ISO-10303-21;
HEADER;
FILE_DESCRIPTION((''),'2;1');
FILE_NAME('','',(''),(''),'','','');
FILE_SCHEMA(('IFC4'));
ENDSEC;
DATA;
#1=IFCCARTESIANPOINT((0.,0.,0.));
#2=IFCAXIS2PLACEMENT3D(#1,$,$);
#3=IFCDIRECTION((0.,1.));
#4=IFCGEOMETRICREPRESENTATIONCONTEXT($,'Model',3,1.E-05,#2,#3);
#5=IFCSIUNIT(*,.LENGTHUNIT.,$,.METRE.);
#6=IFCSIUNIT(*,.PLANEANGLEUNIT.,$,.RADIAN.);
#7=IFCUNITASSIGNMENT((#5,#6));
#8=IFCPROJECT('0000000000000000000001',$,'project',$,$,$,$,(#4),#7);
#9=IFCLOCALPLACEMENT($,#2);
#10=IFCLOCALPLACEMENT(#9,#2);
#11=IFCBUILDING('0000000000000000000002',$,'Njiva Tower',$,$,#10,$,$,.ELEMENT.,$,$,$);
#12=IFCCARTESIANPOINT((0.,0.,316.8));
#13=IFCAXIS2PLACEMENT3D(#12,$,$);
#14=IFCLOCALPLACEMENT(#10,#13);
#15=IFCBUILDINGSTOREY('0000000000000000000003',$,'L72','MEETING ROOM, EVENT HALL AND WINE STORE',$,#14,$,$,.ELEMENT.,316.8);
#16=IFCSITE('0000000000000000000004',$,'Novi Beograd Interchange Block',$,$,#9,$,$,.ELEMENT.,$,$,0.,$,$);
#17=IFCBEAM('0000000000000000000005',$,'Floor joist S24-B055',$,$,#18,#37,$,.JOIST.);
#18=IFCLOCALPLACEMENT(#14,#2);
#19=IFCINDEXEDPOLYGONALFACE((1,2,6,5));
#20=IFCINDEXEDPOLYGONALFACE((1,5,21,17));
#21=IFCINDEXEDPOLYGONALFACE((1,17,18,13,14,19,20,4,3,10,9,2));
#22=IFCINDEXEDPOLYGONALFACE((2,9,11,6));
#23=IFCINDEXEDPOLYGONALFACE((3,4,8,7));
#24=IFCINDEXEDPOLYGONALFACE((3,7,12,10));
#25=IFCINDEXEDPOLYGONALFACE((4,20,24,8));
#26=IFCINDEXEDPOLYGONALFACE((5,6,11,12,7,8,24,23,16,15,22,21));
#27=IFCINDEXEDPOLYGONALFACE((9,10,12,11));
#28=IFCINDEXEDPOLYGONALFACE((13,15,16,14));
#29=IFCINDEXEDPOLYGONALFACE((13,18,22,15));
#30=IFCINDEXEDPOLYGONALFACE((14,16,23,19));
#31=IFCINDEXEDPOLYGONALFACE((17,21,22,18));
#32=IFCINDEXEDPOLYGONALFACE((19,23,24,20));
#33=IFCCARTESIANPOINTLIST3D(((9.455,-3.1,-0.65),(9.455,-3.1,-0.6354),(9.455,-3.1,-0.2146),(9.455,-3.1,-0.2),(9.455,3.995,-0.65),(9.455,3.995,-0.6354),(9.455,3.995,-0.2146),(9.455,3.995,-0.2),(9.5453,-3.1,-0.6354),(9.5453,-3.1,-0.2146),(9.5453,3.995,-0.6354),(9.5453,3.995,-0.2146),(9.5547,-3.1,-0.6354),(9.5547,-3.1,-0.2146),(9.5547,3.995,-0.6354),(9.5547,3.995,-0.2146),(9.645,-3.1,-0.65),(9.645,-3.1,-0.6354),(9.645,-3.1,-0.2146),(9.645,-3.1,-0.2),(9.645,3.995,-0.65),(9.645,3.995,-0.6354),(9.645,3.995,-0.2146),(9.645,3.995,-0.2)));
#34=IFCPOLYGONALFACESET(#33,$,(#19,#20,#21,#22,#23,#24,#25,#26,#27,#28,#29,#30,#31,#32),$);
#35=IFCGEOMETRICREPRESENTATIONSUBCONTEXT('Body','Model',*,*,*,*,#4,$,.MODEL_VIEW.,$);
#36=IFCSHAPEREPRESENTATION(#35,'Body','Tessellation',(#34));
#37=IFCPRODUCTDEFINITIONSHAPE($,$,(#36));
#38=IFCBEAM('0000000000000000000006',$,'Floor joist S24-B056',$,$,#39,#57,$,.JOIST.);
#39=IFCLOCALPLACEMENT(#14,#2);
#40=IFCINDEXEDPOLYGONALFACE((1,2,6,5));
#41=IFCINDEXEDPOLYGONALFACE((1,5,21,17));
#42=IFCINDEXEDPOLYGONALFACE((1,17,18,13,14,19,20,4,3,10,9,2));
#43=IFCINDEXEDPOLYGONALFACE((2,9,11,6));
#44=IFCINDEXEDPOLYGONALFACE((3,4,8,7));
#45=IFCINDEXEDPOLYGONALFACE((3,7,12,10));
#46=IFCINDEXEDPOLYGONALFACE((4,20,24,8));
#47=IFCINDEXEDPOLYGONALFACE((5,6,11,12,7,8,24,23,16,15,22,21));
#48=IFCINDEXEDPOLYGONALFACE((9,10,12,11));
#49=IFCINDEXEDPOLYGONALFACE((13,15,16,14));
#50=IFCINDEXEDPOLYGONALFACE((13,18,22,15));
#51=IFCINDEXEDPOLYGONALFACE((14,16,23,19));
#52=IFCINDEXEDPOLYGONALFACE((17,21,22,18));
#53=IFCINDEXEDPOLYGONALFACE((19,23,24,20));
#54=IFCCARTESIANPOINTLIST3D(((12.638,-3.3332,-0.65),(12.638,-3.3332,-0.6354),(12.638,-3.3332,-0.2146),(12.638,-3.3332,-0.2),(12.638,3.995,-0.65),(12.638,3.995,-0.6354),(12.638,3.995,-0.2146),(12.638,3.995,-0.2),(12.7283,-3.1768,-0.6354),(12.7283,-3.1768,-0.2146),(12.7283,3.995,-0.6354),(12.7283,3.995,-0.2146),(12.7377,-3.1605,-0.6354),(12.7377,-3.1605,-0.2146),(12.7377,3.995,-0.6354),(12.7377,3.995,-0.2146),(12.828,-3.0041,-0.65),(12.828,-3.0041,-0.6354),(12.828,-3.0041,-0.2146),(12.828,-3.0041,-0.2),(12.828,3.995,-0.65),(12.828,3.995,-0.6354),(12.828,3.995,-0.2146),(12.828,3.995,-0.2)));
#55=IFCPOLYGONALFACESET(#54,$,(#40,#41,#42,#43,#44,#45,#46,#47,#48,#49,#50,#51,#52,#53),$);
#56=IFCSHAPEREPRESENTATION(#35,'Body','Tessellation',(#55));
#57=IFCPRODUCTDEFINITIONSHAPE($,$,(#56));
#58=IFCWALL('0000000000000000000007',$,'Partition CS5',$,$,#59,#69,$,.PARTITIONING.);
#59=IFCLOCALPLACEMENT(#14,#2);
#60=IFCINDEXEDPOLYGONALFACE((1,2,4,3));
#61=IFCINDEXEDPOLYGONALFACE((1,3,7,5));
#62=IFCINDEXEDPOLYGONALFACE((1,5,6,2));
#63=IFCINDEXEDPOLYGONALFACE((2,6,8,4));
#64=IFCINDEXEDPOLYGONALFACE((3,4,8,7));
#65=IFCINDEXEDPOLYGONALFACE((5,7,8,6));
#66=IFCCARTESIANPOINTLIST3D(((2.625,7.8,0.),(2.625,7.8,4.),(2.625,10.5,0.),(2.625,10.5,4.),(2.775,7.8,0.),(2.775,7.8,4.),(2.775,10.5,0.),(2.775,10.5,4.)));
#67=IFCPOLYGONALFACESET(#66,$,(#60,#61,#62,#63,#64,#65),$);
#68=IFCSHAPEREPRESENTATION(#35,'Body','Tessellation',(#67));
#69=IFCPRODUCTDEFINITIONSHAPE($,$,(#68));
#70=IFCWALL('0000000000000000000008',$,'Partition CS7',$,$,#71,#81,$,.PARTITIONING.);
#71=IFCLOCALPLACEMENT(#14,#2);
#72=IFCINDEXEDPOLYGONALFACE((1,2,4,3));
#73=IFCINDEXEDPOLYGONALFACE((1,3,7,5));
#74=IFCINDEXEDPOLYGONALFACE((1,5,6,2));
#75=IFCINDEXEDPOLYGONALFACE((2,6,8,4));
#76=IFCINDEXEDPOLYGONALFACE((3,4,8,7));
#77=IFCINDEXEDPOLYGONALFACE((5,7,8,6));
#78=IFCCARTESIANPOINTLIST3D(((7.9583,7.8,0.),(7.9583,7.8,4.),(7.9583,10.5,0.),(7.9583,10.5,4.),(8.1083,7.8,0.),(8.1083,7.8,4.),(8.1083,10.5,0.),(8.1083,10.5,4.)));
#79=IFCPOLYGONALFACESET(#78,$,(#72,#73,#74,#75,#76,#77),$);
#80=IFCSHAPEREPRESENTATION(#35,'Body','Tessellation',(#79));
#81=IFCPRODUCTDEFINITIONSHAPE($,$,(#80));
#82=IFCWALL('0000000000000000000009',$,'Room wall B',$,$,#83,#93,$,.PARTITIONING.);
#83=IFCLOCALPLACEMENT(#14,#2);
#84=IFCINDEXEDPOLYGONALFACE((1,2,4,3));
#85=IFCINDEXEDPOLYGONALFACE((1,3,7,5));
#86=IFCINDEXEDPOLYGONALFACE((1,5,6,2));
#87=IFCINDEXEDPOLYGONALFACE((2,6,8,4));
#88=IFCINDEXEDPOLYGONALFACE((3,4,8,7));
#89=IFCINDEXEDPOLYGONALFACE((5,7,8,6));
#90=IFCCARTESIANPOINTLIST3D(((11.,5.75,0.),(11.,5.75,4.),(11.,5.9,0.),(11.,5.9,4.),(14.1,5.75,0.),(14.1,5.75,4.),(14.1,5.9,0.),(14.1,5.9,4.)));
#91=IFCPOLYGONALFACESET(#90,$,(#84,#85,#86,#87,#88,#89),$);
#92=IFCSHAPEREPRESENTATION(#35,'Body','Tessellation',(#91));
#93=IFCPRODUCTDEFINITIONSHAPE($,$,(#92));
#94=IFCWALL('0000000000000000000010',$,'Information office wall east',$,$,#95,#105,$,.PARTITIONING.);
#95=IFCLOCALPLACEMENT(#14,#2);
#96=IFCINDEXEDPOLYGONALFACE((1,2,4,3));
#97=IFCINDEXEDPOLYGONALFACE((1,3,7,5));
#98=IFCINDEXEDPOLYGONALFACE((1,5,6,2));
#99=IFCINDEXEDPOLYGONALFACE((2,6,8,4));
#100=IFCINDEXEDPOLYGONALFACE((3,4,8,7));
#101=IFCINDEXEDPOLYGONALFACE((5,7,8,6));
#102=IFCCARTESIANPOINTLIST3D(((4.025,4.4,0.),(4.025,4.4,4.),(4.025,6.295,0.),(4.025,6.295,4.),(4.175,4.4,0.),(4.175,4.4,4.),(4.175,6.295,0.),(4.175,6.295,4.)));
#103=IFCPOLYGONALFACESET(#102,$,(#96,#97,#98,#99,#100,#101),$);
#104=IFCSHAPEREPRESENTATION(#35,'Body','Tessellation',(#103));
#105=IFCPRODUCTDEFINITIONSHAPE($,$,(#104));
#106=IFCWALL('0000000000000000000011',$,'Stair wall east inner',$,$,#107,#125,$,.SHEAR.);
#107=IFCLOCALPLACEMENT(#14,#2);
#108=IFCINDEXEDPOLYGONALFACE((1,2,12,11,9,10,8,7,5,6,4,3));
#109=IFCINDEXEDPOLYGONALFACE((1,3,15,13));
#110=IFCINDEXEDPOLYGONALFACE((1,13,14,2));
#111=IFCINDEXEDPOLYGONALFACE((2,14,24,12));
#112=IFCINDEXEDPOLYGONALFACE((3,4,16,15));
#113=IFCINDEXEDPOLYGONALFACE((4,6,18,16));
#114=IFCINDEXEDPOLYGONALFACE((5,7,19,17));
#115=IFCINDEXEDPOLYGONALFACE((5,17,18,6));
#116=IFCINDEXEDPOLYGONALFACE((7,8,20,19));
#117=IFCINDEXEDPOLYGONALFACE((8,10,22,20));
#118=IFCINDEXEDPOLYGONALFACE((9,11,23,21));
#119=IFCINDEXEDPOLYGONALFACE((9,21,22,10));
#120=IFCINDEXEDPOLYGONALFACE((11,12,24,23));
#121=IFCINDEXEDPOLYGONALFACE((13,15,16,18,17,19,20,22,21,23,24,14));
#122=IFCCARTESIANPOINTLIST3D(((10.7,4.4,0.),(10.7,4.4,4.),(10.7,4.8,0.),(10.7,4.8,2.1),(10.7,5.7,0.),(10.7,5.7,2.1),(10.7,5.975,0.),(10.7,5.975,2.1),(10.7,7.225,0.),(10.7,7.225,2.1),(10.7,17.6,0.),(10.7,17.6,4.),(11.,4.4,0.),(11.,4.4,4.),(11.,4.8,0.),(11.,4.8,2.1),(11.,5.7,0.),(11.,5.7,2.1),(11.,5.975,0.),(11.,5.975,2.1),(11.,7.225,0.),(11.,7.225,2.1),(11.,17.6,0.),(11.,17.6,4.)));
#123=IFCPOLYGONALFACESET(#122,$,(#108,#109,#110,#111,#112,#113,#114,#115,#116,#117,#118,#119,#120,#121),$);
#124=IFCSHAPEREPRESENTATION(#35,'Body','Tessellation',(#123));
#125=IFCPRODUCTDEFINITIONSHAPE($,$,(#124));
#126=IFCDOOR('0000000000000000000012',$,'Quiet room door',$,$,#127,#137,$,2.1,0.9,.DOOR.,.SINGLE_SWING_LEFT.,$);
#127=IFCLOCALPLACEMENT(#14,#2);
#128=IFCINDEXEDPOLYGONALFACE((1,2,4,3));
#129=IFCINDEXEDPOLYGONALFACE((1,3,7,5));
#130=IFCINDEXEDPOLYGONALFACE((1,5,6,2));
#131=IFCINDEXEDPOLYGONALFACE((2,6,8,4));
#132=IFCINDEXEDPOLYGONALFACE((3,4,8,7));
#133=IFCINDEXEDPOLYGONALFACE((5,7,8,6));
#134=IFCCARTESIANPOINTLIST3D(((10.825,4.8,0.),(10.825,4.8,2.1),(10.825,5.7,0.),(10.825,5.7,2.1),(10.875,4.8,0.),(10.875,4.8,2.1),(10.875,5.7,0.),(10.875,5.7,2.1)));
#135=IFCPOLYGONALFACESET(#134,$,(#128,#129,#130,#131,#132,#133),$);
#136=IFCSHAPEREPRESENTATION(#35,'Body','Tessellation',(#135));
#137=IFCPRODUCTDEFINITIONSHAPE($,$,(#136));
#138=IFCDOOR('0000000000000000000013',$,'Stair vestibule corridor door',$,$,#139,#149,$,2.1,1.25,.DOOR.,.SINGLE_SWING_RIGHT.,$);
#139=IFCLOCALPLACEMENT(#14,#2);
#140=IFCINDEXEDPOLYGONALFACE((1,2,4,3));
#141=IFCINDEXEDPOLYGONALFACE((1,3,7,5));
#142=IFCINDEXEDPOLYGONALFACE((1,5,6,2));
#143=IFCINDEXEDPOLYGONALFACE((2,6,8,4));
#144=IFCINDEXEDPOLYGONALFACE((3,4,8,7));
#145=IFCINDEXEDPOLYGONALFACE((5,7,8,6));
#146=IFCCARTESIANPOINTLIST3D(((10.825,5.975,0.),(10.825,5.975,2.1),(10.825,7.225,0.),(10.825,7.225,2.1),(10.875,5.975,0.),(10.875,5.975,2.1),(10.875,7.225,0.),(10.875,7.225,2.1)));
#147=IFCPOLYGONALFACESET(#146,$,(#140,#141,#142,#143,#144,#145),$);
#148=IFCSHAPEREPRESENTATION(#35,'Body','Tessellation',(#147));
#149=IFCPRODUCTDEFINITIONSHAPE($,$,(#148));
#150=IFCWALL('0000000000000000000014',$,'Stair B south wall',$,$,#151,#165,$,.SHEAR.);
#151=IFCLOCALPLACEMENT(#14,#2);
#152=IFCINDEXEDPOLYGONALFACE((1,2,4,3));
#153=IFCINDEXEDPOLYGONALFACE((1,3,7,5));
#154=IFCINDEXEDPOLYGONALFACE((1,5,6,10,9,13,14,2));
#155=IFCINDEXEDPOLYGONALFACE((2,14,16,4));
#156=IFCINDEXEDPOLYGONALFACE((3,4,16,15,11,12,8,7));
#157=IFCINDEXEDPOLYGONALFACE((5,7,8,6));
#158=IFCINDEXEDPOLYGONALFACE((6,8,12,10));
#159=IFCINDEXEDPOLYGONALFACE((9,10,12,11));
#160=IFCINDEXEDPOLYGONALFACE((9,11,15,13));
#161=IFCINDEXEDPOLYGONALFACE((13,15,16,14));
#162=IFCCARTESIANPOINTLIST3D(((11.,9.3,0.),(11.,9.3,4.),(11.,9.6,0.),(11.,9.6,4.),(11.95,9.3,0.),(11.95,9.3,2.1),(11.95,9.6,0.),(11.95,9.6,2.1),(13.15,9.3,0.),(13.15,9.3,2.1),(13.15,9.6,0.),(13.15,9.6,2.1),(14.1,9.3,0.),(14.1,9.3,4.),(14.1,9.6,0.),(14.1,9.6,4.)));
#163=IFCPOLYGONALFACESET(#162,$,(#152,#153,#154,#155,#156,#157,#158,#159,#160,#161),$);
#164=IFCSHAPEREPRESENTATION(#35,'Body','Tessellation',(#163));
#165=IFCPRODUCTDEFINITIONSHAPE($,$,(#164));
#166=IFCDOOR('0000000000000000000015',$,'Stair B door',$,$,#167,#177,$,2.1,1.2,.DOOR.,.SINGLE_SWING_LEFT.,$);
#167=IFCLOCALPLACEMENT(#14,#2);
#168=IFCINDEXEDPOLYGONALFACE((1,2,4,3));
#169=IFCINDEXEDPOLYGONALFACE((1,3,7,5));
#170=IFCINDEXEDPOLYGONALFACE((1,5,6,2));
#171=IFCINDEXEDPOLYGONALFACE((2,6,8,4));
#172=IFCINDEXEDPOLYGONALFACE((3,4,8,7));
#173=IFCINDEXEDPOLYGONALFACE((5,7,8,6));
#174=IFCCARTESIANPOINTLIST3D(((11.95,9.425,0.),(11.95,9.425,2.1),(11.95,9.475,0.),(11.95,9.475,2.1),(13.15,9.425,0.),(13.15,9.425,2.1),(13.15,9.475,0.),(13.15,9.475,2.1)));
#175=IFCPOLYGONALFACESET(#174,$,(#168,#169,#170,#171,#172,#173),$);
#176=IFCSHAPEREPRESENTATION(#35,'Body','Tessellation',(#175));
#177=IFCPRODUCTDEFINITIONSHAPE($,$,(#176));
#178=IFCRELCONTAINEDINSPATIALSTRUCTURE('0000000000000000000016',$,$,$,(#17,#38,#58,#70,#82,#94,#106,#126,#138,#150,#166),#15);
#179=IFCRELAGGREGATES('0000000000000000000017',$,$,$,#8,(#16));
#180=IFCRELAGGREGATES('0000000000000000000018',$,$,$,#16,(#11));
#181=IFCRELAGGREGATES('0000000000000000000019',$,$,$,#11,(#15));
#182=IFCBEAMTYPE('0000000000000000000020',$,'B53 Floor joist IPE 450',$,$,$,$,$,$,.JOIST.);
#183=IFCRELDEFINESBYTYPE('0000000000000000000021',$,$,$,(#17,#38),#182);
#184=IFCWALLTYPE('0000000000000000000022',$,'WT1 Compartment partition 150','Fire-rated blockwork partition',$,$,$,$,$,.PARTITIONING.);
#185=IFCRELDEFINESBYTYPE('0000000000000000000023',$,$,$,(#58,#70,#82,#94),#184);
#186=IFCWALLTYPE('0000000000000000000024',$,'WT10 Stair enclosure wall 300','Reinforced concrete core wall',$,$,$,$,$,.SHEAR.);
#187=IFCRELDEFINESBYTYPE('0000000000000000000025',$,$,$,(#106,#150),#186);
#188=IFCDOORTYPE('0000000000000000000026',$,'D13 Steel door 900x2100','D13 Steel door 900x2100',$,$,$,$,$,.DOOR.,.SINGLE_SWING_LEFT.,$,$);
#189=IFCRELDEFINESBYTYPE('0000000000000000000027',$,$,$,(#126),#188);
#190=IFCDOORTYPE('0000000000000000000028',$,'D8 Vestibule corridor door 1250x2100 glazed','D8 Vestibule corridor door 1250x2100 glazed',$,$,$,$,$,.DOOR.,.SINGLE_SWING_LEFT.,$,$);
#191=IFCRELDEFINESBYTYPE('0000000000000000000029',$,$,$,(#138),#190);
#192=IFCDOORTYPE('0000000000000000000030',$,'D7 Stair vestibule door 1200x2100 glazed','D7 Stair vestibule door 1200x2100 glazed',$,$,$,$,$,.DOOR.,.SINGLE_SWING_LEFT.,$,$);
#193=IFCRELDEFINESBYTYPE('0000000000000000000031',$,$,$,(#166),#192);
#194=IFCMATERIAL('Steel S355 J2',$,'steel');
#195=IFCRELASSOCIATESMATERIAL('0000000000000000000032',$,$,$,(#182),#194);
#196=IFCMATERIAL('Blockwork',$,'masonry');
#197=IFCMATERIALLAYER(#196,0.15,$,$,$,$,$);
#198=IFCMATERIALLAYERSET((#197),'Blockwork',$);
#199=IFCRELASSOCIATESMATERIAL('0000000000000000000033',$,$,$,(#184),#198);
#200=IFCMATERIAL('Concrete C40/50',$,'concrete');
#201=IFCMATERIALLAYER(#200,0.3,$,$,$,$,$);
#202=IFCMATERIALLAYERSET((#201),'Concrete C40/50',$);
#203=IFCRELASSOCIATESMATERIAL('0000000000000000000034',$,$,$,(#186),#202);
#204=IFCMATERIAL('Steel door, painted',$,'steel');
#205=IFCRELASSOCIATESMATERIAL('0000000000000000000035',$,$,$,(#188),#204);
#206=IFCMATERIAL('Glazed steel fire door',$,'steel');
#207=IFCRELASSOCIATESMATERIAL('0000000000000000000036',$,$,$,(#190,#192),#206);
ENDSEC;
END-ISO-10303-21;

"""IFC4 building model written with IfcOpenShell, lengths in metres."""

from ifc_helpers import new_model, si_unit, direction, frame, frame_2d, origin, origin_2d, place, context, subcontext, project, spatial, rectangle, i_section, extrude, clip, halfspace, material, layer, layer_set, material_profile, profile_set, type_object, element, fill, save


model = new_model("IFC4")

# Units and contexts
model_context = context("Model", 3, precision=1e-05, world=origin(), true_north=direction((0.0, 1.0)))
body_context = subcontext(model_context, "Body", "Model", "MODEL_VIEW")
ifc_project = project(units=[si_unit("LENGTHUNIT", "METRE"), si_unit("PLANEANGLEUNIT", "RADIAN")], contexts=[model_context])

# Site, building, storey
site_placement = place(None, origin())
site = spatial("IfcSite", under=ifc_project, at=site_placement, Name="Novi Beograd Interchange Block", CompositionType="ELEMENT", RefElevation=0.0)
building_placement = place(site_placement, origin())
building = spatial("IfcBuilding", under=site, at=building_placement, Name="Njiva Tower", CompositionType="ELEMENT")
storey_placement = place(building_placement, frame((0.0, 0.0, 316.8)))
storey = spatial("IfcBuildingStorey", under=building, at=storey_placement, Name="L72", Description="MEETING ROOM, EVENT HALL AND WINE STORE", CompositionType="ELEMENT", Elevation=316.8)

# Shared definitions
ifc_material_1 = material(Name="Steel S355 J2", Category="steel")

# Beams
ifc_material_profile_1 = material_profile(ifc_material_1, i_section(OverallWidth=0.19, OverallDepth=0.45, WebThickness=0.0094, FlangeThickness=0.0146, at=origin_2d()), Name="IPE 450")
ifc_profile_set_1 = profile_set([ifc_material_profile_1], Name="Steel S355 J2")
beam_type_1 = type_object("IfcBeamType", Name="B53 Floor joist IPE 450", PredefinedType="JOIST", material=ifc_profile_set_1)
beam_1_placement = place(storey_placement, frame((9.55, 3.995, -0.425), z_axis=(0.0, -1.0, 0.0), x_axis=(1.0, 0.0, 0.0)))
element("IfcBeam", 1, at=beam_1_placement, inside=storey, type_object=beam_type_1, Name="Floor joist S24-B055", PredefinedType="JOIST", context=body_context, shape_type="SweptSolid", body=[
    extrude(i_section(OverallWidth=0.19, OverallDepth=0.45, WebThickness=0.0094, FlangeThickness=0.0146, at=origin_2d()), origin(), (0.0, 0.0, 1.0), 7.095),
])
beam_2_placement = place(storey_placement, frame((12.733, 3.995, -0.425), z_axis=(0.0, -1.0, 0.0), x_axis=(1.0, 0.0, 0.0)))
element("IfcBeam", 2, at=beam_2_placement, inside=storey, type_object=beam_type_1, Name="Floor joist S24-B056", PredefinedType="JOIST", context=body_context, shape_type="Clipping", body=[
    clip(extrude(i_section(OverallWidth=0.19, OverallDepth=0.45, WebThickness=0.0094, FlangeThickness=0.0146, at=origin_2d()), origin(), (0.0, 0.0, 1.0), 7.348), halfspace(frame((0.0436, 0.0, 7.0881), z_axis=(0.866027, 0.0, 0.499998), x_axis=(0.0, 1.0, 0.0)), False)),
])

# Walls
ifc_material_2 = material(Name="Blockwork", Category="masonry")
ifc_layer_1 = layer(ifc_material_2, 0.15)
ifc_layer_set_1 = layer_set([ifc_layer_1], Name="Blockwork")
wall_type_1 = type_object("IfcWallType", Name="WT1 Compartment partition 150", Description="Fire-rated blockwork partition", PredefinedType="PARTITIONING", material=ifc_layer_set_1)
for number, where, z_axis, x_axis, name in (
    (3, (2.7, 7.8, 0.0), (0.0, 0.0, 1.0), (0.0, 1.0, 0.0), "Partition CS5"),
    (4, (8.0333, 7.8, 0.0), (0.0, 0.0, 1.0), (0.0, 1.0, 0.0), "Partition CS7"),
):
    element("IfcWall", number, at=place(storey_placement, frame(where, z_axis=z_axis, x_axis=x_axis)), inside=storey, type_object=wall_type_1, Name=name, PredefinedType="PARTITIONING", context=body_context, shape_type="SweptSolid", body=[
        extrude(rectangle(XDim=2.7, YDim=0.15, at=frame_2d((1.35, 0.0))), origin(), (0.0, 0.0, 1.0), 4.0),
    ])
wall_1_placement = place(storey_placement, frame((11.0, 5.825, 0.0), z_axis=(0.0, 0.0, 1.0), x_axis=(1.0, 0.0, 0.0)))
element("IfcWall", 5, at=wall_1_placement, inside=storey, type_object=wall_type_1, Name="Room wall B", PredefinedType="PARTITIONING", context=body_context, shape_type="SweptSolid", body=[
    extrude(rectangle(XDim=3.1, YDim=0.15, at=frame_2d((1.55, 0.0))), origin(), (0.0, 0.0, 1.0), 4.0),
])
wall_2_placement = place(storey_placement, frame((4.1, 4.4, 0.0), z_axis=(0.0, 0.0, 1.0), x_axis=(0.0, 1.0, 0.0)))
element("IfcWall", 6, at=wall_2_placement, inside=storey, type_object=wall_type_1, Name="Information office wall east", PredefinedType="PARTITIONING", context=body_context, shape_type="SweptSolid", body=[
    extrude(rectangle(XDim=1.895, YDim=0.15, at=frame_2d((0.9475, 0.0))), origin(), (0.0, 0.0, 1.0), 4.0),
])

# Wall, openings, doors
ifc_material_3 = material(Name="Concrete C40/50", Category="concrete")
ifc_layer_2 = layer(ifc_material_3, 0.3)
ifc_layer_set_2 = layer_set([ifc_layer_2], Name="Concrete C40/50")
wall_type_2 = type_object("IfcWallType", Name="WT10 Stair enclosure wall 300", Description="Reinforced concrete core wall", PredefinedType="SHEAR", material=ifc_layer_set_2)
wall_3_placement = place(storey_placement, frame((10.85, 4.4, 0.0), z_axis=(0.0, 0.0, 1.0), x_axis=(0.0, 1.0, 0.0)))
wall_3 = element("IfcWall", 7, at=wall_3_placement, inside=storey, type_object=wall_type_2, Name="Stair wall east inner", PredefinedType="SHEAR", context=body_context, shape_type="SweptSolid", body=[
    extrude(rectangle(XDim=13.2, YDim=0.3, at=frame_2d((6.6, 0.0))), origin(), (0.0, 0.0, 1.0), 4.0),
])
opening_1_placement = place(wall_3_placement, frame((1.575, 0.0, 0.0)))
opening_1 = element("IfcOpeningElement", 8, at=opening_1_placement, cuts=wall_3, PredefinedType="OPENING", context=body_context, shape_type="SweptSolid", body=[
    extrude(rectangle(XDim=1.25, YDim=2.1, at=frame_2d((0.625, 1.05))), frame((0.0, 0.16, 0.0), z_axis=(0.0, -1.0, 0.0), x_axis=(1.0, 0.0, 0.0)), (0.0, 0.0, 1.0), 0.32),
])
opening_2_placement = place(wall_3_placement, frame((0.4, 0.0, 0.0)))
opening_2 = element("IfcOpeningElement", 9, at=opening_2_placement, cuts=wall_3, PredefinedType="OPENING", context=body_context, shape_type="SweptSolid", body=[
    extrude(rectangle(XDim=0.9, YDim=2.1, at=frame_2d((0.45, 1.05))), frame((0.0, 0.16, 0.0), z_axis=(0.0, -1.0, 0.0), x_axis=(1.0, 0.0, 0.0)), (0.0, 0.0, 1.0), 0.32),
])
ifc_material_4 = material(Name="Steel door, painted", Category="steel")
door_type_1 = type_object("IfcDoorType", Name="D13 Steel door 900x2100", Description="D13 Steel door 900x2100", OperationType="SINGLE_SWING_LEFT", PredefinedType="DOOR", material=ifc_material_4)
door_1_placement = place(opening_2_placement, origin())
door_1 = element("IfcDoor", 10, at=door_1_placement, inside=storey, type_object=door_type_1, Name="Quiet room door", OperationType="SINGLE_SWING_LEFT", OverallHeight=2.1, OverallWidth=0.9, PredefinedType="DOOR", context=body_context, shape_type="SweptSolid", body=[
    extrude(rectangle(XDim=0.9, YDim=2.1, at=frame_2d((0.45, 1.05))), frame((0.0, 0.025, 0.0), z_axis=(0.0, -1.0, 0.0), x_axis=(1.0, 0.0, 0.0)), (0.0, 0.0, 1.0), 0.05),
])
fill(opening_2, door_1)
ifc_material_5 = material(Name="Glazed steel fire door", Category="steel")
door_type_2 = type_object("IfcDoorType", Name="D8 Vestibule corridor door 1250x2100 glazed", Description="D8 Vestibule corridor door 1250x2100 glazed", OperationType="SINGLE_SWING_LEFT", PredefinedType="DOOR", material=ifc_material_5)
door_2_placement = place(opening_1_placement, origin())
door_2 = element("IfcDoor", 11, at=door_2_placement, inside=storey, type_object=door_type_2, Name="Stair vestibule corridor door", OperationType="SINGLE_SWING_RIGHT", OverallHeight=2.1, OverallWidth=1.25, PredefinedType="DOOR", context=body_context, shape_type="SweptSolid", body=[
    extrude(rectangle(XDim=1.25, YDim=2.1, at=frame_2d((0.625, 1.05))), frame((0.0, 0.025, 0.0), z_axis=(0.0, -1.0, 0.0), x_axis=(1.0, 0.0, 0.0)), (0.0, 0.0, 1.0), 0.05),
])
fill(opening_1, door_2)

# Wall, opening, door
wall_4_placement = place(storey_placement, frame((11.0, 9.45, 0.0), z_axis=(0.0, 0.0, 1.0), x_axis=(1.0, 0.0, 0.0)))
wall_4 = element("IfcWall", 12, at=wall_4_placement, inside=storey, type_object=wall_type_2, Name="Stair B south wall", PredefinedType="SHEAR", context=body_context, shape_type="SweptSolid", body=[
    extrude(rectangle(XDim=3.1, YDim=0.3, at=frame_2d((1.55, 0.0))), origin(), (0.0, 0.0, 1.0), 4.0),
])
opening_3_placement = place(wall_4_placement, frame((0.95, 0.0, 0.0)))
opening_3 = element("IfcOpeningElement", 13, at=opening_3_placement, cuts=wall_4, PredefinedType="OPENING", context=body_context, shape_type="SweptSolid", body=[
    extrude(rectangle(XDim=1.2, YDim=2.1, at=frame_2d((0.6, 1.05))), frame((0.0, 0.16, 0.0), z_axis=(0.0, -1.0, 0.0), x_axis=(1.0, 0.0, 0.0)), (0.0, 0.0, 1.0), 0.32),
])
door_type_3 = type_object("IfcDoorType", Name="D7 Stair vestibule door 1200x2100 glazed", Description="D7 Stair vestibule door 1200x2100 glazed", OperationType="SINGLE_SWING_LEFT", PredefinedType="DOOR", material=ifc_material_5)
door_3_placement = place(opening_3_placement, origin())
door_3 = element("IfcDoor", 14, at=door_3_placement, inside=storey, type_object=door_type_3, Name="Stair B door", OperationType="SINGLE_SWING_LEFT", OverallHeight=2.1, OverallWidth=1.2, PredefinedType="DOOR", context=body_context, shape_type="SweptSolid", body=[
    extrude(rectangle(XDim=1.2, YDim=2.1, at=frame_2d((0.6, 1.05))), frame((0.0, 0.025, 0.0), z_axis=(0.0, -1.0, 0.0), x_axis=(1.0, 0.0, 0.0)), (0.0, 0.0, 1.0), 0.05),
])
fill(opening_3, door_3)

save(model, "model.ifc")
